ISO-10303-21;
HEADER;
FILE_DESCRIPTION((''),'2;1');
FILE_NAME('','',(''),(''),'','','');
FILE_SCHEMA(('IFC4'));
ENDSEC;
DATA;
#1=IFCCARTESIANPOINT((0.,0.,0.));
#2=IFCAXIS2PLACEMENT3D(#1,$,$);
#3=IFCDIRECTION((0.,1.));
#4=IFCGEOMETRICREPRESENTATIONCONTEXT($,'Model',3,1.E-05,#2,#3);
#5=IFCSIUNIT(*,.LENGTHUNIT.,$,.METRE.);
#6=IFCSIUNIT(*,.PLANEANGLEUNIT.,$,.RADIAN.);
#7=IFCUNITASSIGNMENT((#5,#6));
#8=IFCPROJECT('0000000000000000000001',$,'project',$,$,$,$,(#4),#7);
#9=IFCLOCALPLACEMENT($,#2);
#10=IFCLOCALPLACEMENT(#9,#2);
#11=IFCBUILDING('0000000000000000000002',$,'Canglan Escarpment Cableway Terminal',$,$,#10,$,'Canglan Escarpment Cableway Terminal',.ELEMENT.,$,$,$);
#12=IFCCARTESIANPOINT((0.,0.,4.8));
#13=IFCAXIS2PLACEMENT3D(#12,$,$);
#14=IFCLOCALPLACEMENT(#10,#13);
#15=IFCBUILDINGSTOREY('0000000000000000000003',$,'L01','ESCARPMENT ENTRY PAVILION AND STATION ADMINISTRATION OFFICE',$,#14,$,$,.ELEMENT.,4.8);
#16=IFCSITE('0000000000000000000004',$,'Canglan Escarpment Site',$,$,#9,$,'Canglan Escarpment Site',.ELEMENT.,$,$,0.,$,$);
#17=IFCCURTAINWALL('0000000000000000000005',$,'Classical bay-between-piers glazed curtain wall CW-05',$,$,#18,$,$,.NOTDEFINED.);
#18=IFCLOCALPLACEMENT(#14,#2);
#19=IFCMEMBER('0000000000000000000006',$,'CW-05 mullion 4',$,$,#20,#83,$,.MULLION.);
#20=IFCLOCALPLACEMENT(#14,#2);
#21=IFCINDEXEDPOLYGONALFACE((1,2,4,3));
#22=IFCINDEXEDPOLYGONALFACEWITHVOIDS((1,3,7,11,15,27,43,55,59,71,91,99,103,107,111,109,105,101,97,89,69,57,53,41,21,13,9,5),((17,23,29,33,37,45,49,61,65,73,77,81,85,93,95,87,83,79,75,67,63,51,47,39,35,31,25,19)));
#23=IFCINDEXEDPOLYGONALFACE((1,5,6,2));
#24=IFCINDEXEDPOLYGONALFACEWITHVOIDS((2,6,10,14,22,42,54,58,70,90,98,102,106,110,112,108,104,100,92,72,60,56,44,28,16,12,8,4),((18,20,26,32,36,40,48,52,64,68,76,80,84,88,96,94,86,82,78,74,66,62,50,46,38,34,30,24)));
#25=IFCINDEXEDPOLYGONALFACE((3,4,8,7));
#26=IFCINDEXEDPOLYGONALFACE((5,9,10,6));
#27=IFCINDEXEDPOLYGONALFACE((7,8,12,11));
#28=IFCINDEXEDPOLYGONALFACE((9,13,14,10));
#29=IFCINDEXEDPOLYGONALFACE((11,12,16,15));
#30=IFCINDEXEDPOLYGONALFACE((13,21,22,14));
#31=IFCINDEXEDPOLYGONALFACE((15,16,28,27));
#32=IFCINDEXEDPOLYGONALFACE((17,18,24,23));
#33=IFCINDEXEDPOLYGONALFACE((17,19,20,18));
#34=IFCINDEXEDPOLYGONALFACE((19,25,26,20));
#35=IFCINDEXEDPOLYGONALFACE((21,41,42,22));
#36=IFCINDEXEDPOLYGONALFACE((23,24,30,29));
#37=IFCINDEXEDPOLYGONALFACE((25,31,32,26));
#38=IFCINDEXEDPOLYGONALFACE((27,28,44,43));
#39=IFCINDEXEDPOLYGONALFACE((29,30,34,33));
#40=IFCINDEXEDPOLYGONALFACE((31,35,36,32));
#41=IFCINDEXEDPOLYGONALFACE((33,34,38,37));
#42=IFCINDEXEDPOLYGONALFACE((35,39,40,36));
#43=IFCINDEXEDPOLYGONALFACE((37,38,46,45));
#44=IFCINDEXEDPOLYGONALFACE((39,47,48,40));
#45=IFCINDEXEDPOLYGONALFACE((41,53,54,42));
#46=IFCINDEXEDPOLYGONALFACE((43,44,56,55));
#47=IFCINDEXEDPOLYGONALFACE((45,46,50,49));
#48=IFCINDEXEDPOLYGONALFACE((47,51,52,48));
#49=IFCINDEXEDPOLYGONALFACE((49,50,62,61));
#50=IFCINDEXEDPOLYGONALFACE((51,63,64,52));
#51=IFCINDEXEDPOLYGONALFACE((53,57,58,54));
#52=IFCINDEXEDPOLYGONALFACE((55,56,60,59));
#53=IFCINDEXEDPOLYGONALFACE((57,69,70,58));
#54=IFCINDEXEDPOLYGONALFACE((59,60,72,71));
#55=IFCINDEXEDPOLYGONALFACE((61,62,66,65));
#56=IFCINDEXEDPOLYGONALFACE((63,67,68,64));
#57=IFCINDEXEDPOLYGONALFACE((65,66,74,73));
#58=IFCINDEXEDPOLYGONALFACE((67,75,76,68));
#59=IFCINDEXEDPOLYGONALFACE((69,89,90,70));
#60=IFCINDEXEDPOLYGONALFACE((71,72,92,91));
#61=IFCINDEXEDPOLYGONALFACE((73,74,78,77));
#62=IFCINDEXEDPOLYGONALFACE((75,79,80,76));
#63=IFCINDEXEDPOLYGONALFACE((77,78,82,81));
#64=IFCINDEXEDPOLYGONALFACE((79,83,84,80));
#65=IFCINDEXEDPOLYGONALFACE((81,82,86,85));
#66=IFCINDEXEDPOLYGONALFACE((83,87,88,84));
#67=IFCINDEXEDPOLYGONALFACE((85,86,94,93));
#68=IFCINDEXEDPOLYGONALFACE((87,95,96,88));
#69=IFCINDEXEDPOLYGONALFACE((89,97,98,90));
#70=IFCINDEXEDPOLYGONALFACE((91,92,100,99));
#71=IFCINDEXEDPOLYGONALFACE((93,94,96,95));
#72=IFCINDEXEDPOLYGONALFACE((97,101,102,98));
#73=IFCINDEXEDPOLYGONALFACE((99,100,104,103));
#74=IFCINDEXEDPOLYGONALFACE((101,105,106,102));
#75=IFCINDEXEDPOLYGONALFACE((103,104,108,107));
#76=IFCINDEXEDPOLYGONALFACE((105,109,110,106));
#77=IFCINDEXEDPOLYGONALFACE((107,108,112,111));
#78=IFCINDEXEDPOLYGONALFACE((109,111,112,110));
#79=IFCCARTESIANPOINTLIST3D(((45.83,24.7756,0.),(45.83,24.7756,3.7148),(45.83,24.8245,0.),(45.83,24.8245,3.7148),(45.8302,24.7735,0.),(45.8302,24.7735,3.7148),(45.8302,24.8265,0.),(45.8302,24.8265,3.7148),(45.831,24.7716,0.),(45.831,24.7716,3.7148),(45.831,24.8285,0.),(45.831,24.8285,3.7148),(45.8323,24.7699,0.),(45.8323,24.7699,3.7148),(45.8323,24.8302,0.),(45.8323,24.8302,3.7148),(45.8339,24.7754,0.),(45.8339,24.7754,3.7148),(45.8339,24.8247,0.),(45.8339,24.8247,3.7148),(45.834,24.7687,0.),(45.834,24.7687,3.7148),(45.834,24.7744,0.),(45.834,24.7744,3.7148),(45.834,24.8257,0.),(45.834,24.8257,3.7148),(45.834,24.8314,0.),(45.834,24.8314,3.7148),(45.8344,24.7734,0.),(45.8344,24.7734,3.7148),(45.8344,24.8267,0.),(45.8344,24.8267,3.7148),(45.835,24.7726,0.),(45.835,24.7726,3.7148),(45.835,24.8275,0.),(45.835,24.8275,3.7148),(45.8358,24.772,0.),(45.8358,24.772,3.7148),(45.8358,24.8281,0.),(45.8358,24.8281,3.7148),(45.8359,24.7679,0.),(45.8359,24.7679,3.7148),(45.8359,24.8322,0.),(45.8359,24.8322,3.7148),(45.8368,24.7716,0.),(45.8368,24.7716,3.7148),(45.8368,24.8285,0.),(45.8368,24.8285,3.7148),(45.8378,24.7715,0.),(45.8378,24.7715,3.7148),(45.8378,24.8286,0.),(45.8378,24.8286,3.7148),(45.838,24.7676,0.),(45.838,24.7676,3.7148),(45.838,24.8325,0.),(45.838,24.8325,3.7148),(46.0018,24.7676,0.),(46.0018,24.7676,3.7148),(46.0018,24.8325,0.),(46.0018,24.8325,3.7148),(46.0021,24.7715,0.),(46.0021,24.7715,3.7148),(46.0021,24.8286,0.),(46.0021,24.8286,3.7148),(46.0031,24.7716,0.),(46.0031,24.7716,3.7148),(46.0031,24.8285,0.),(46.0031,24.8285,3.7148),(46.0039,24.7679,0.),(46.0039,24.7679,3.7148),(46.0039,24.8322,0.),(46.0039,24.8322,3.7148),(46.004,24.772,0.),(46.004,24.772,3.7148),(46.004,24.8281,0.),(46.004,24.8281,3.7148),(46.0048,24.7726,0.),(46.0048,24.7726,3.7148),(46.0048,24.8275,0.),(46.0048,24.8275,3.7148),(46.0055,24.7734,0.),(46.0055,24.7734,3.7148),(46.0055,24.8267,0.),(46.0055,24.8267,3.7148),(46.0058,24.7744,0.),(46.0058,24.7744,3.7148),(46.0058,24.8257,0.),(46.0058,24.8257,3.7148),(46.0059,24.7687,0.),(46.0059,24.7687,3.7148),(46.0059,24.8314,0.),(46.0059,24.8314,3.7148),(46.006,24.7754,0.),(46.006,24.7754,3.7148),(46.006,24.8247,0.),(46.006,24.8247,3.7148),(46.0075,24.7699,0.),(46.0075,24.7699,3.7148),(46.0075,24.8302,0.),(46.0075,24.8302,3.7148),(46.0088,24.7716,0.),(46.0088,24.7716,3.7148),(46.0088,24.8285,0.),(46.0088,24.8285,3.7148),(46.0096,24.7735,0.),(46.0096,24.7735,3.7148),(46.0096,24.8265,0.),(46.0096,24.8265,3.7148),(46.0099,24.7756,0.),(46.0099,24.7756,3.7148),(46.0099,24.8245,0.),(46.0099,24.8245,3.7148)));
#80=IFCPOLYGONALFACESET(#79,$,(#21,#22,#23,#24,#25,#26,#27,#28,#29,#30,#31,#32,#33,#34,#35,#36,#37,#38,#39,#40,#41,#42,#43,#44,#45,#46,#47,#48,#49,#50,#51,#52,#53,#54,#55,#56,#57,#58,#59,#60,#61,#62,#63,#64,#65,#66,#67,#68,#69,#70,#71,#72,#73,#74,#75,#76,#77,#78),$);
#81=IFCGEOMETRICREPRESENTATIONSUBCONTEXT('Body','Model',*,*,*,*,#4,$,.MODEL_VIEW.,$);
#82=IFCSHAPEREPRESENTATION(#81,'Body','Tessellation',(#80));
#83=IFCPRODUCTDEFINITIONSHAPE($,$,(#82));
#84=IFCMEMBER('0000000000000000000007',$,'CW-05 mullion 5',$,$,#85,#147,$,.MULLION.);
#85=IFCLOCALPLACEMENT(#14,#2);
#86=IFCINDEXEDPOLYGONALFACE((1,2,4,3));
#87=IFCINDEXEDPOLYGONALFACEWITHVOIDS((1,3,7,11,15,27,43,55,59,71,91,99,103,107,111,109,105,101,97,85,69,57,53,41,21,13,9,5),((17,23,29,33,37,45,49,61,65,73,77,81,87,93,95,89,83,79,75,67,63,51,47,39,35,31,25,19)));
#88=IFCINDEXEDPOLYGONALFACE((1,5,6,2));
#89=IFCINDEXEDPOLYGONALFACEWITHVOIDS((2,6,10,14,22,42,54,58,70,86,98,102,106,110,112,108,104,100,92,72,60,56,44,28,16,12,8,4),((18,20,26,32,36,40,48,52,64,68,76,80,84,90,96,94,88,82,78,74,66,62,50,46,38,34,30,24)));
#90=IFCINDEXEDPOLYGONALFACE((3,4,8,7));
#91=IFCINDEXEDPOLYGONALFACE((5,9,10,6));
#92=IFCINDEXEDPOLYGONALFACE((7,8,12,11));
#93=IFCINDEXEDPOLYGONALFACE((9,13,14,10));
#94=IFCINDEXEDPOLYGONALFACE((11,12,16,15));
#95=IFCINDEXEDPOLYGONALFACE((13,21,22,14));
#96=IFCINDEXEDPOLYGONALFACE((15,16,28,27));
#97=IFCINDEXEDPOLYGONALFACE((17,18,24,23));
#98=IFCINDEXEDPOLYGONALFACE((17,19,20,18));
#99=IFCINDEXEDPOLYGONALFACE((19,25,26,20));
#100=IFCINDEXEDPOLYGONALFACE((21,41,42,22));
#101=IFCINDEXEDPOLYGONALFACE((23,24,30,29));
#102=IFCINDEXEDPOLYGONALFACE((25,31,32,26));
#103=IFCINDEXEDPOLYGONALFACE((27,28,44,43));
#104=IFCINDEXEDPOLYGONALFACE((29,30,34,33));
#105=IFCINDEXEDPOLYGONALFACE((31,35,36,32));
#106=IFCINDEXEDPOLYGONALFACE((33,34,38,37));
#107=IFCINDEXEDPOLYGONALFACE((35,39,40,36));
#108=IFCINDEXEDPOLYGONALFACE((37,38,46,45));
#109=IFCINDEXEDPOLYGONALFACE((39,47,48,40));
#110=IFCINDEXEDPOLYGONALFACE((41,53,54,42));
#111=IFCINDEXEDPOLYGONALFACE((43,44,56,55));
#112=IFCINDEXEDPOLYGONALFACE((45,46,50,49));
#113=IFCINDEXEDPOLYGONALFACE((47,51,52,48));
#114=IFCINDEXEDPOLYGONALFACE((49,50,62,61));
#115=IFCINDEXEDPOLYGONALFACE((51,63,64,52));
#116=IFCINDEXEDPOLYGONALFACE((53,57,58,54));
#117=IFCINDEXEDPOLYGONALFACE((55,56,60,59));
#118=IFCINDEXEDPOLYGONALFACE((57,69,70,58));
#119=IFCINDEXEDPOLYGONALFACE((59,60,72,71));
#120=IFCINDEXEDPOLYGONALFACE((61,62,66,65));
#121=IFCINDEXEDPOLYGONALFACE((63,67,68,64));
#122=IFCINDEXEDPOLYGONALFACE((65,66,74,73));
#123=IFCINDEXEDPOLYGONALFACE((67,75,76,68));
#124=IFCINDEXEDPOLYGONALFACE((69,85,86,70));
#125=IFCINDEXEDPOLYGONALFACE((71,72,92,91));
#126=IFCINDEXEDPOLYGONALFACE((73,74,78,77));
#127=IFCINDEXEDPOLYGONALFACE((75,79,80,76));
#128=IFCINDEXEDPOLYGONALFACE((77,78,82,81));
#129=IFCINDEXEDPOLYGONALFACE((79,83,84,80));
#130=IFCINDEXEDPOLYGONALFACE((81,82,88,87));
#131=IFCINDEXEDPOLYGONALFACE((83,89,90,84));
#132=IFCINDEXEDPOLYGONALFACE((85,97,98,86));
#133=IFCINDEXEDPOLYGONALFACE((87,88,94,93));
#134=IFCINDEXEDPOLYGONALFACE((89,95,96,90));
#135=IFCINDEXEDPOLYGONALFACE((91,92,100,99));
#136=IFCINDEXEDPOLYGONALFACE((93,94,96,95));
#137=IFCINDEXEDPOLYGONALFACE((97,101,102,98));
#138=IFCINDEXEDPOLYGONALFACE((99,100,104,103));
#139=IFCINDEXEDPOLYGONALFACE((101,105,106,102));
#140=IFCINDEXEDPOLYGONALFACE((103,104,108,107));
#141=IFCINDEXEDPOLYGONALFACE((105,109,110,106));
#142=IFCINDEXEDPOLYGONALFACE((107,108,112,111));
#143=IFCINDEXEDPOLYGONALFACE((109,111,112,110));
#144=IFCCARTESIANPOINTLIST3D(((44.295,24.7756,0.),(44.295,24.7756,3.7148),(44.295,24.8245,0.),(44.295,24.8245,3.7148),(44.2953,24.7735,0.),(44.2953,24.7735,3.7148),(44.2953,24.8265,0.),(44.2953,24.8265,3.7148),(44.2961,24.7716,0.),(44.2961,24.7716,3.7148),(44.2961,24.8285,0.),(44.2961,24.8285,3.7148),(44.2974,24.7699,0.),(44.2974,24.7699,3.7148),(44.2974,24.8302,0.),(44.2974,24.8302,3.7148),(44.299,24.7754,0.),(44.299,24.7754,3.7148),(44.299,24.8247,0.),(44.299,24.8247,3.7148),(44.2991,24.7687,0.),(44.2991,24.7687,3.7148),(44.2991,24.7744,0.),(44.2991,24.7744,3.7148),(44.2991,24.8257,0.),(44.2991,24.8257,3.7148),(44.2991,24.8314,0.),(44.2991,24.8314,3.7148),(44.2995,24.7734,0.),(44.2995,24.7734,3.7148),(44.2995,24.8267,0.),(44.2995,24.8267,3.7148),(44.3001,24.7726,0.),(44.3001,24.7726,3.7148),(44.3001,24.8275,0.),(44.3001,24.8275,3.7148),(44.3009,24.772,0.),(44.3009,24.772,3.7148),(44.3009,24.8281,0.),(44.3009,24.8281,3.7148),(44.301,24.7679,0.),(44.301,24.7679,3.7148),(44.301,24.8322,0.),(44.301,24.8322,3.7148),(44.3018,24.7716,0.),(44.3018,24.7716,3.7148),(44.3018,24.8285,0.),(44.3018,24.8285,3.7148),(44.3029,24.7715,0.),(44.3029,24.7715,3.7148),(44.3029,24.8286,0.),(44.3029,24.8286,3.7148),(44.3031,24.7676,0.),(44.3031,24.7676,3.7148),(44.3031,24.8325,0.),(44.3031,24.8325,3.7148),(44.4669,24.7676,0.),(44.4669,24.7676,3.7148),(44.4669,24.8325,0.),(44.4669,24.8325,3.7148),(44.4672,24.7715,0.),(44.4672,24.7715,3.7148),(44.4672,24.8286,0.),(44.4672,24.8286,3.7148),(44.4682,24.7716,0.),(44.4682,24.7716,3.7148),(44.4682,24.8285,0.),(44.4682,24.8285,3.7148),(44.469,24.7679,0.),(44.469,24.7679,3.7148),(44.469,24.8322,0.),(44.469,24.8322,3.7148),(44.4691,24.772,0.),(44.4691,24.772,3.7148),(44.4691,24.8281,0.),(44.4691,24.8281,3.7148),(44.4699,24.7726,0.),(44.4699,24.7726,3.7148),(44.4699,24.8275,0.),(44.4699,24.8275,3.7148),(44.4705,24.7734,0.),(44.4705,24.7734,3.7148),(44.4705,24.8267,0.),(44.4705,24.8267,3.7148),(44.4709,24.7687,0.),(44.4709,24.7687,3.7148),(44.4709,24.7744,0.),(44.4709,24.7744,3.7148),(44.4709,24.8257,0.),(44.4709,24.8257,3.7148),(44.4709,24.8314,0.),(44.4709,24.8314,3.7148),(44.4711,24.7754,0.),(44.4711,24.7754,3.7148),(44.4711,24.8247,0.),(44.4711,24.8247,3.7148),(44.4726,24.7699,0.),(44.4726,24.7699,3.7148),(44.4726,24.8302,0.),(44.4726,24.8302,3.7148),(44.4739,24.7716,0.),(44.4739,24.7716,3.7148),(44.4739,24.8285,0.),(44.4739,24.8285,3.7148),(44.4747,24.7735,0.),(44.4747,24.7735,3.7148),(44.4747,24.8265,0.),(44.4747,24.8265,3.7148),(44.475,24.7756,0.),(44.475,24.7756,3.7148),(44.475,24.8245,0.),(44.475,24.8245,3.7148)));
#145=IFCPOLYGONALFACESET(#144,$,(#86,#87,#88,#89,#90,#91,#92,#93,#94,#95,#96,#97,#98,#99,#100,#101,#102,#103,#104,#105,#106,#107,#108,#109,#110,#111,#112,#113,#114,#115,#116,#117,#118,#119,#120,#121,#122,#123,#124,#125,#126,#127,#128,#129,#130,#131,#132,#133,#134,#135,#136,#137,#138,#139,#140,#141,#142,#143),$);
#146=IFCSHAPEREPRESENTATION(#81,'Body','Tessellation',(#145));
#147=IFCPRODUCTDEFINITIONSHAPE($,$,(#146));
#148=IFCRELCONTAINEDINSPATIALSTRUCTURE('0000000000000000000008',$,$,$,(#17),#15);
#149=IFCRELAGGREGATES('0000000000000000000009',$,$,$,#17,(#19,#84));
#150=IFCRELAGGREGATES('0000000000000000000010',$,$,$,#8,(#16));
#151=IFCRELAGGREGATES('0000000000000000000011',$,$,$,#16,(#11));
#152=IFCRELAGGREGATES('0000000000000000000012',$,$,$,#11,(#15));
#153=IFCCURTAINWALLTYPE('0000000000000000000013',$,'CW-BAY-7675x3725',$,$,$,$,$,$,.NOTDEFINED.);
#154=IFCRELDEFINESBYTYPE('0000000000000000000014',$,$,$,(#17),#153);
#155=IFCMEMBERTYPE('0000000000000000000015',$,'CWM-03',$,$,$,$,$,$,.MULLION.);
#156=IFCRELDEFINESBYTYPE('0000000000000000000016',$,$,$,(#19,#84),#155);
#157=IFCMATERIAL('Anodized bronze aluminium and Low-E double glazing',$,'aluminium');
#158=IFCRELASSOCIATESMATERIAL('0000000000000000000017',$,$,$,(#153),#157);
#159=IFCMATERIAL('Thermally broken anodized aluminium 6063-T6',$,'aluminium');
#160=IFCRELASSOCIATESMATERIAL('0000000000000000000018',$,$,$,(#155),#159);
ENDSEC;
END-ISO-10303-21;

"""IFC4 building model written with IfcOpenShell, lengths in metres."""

from ifc_helpers import new_model, si_unit, direction, frame, origin, origin_2d, place, context, subcontext, project, spatial, hollow_rectangle, extrude, material, material_profile, profile_set, type_object, element, aggregate, save


model = new_model("IFC4")

# Units and contexts
model_context = context("Model", 3, precision=1e-05, world=origin(), true_north=direction((0.0, 1.0)))
body_context = subcontext(model_context, "Body", "Model", "MODEL_VIEW")
ifc_project = project(units=[si_unit("LENGTHUNIT", "METRE"), si_unit("PLANEANGLEUNIT", "RADIAN")], contexts=[model_context])

# Site, building, storey
site_placement = place(None, origin())
site = spatial("IfcSite", under=ifc_project, at=site_placement, Name="Canglan Escarpment Site", LongName="Canglan Escarpment Site", CompositionType="ELEMENT", RefElevation=0.0)
building_placement = place(site_placement, origin())
building = spatial("IfcBuilding", under=site, at=building_placement, Name="Canglan Escarpment Cableway Terminal", LongName="Canglan Escarpment Cableway Terminal", CompositionType="ELEMENT")
storey_placement = place(building_placement, frame((0.0, 0.0, 4.8)))
storey = spatial("IfcBuildingStorey", under=building, at=storey_placement, Name="L01", Description="ESCARPMENT ENTRY PAVILION AND STATION ADMINISTRATION OFFICE", CompositionType="ELEMENT", Elevation=4.8)

# Curtain wall, members
ifc_material_1 = material(Name="Anodized bronze aluminium and Low-E double glazing", Category="aluminium")
curtain_wall_type = type_object("IfcCurtainWallType", Name="CW-BAY-7675x3725", PredefinedType="NOTDEFINED", material=ifc_material_1)
curtain_wall_placement = place(storey_placement, origin())
curtain_wall = element("IfcCurtainWall", 1, at=curtain_wall_placement, inside=storey, type_object=curtain_wall_type, Name="Classical bay-between-piers glazed curtain wall CW-05", PredefinedType="NOTDEFINED")
ifc_material_2 = material(Name="Thermally broken anodized aluminium 6063-T6", Category="aluminium")
ifc_material_profile_1 = material_profile(ifc_material_2, hollow_rectangle(XDim=0.0649, YDim=0.1799, WallThickness=0.0039, InnerFilletRadius=0.0039, OuterFilletRadius=0.0081, at=origin_2d()), Name="ALU-MULL 65x180x4")
ifc_profile_set_1 = profile_set([ifc_material_profile_1], Name="Thermally broken anodized aluminium 6063-T6")
member_type_1 = type_object("IfcMemberType", Name="CWM-03", PredefinedType="MULLION", material=ifc_profile_set_1)
member_1_placement = place(storey_placement, frame((45.9199, 24.8, 0.0), z_axis=(0.0, 0.0, 1.0), x_axis=(0.0, -1.0, 0.0)))
member_1 = element("IfcMember", 2, at=member_1_placement, type_object=member_type_1, Name="CW-05 mullion 4", PredefinedType="MULLION", context=body_context, shape_type="SweptSolid", body=[
    extrude(hollow_rectangle(XDim=0.0649, YDim=0.1799, WallThickness=0.0039, InnerFilletRadius=0.0039, OuterFilletRadius=0.0081, at=origin_2d()), origin(), (0.0, 0.0, 1.0), 3.7148),
])
member_2_placement = place(storey_placement, frame((44.385, 24.8, 0.0), z_axis=(0.0, 0.0, 1.0), x_axis=(0.0, -1.0, 0.0)))
member_2 = element("IfcMember", 3, at=member_2_placement, type_object=member_type_1, Name="CW-05 mullion 5", PredefinedType="MULLION", context=body_context, shape_type="SweptSolid", body=[
    extrude(hollow_rectangle(XDim=0.0649, YDim=0.1799, WallThickness=0.0039, InnerFilletRadius=0.0039, OuterFilletRadius=0.0081, at=origin_2d()), origin(), (0.0, 0.0, 1.0), 3.7148),
])
aggregate(curtain_wall, [member_1, member_2])

save(model, "model.ifc")
